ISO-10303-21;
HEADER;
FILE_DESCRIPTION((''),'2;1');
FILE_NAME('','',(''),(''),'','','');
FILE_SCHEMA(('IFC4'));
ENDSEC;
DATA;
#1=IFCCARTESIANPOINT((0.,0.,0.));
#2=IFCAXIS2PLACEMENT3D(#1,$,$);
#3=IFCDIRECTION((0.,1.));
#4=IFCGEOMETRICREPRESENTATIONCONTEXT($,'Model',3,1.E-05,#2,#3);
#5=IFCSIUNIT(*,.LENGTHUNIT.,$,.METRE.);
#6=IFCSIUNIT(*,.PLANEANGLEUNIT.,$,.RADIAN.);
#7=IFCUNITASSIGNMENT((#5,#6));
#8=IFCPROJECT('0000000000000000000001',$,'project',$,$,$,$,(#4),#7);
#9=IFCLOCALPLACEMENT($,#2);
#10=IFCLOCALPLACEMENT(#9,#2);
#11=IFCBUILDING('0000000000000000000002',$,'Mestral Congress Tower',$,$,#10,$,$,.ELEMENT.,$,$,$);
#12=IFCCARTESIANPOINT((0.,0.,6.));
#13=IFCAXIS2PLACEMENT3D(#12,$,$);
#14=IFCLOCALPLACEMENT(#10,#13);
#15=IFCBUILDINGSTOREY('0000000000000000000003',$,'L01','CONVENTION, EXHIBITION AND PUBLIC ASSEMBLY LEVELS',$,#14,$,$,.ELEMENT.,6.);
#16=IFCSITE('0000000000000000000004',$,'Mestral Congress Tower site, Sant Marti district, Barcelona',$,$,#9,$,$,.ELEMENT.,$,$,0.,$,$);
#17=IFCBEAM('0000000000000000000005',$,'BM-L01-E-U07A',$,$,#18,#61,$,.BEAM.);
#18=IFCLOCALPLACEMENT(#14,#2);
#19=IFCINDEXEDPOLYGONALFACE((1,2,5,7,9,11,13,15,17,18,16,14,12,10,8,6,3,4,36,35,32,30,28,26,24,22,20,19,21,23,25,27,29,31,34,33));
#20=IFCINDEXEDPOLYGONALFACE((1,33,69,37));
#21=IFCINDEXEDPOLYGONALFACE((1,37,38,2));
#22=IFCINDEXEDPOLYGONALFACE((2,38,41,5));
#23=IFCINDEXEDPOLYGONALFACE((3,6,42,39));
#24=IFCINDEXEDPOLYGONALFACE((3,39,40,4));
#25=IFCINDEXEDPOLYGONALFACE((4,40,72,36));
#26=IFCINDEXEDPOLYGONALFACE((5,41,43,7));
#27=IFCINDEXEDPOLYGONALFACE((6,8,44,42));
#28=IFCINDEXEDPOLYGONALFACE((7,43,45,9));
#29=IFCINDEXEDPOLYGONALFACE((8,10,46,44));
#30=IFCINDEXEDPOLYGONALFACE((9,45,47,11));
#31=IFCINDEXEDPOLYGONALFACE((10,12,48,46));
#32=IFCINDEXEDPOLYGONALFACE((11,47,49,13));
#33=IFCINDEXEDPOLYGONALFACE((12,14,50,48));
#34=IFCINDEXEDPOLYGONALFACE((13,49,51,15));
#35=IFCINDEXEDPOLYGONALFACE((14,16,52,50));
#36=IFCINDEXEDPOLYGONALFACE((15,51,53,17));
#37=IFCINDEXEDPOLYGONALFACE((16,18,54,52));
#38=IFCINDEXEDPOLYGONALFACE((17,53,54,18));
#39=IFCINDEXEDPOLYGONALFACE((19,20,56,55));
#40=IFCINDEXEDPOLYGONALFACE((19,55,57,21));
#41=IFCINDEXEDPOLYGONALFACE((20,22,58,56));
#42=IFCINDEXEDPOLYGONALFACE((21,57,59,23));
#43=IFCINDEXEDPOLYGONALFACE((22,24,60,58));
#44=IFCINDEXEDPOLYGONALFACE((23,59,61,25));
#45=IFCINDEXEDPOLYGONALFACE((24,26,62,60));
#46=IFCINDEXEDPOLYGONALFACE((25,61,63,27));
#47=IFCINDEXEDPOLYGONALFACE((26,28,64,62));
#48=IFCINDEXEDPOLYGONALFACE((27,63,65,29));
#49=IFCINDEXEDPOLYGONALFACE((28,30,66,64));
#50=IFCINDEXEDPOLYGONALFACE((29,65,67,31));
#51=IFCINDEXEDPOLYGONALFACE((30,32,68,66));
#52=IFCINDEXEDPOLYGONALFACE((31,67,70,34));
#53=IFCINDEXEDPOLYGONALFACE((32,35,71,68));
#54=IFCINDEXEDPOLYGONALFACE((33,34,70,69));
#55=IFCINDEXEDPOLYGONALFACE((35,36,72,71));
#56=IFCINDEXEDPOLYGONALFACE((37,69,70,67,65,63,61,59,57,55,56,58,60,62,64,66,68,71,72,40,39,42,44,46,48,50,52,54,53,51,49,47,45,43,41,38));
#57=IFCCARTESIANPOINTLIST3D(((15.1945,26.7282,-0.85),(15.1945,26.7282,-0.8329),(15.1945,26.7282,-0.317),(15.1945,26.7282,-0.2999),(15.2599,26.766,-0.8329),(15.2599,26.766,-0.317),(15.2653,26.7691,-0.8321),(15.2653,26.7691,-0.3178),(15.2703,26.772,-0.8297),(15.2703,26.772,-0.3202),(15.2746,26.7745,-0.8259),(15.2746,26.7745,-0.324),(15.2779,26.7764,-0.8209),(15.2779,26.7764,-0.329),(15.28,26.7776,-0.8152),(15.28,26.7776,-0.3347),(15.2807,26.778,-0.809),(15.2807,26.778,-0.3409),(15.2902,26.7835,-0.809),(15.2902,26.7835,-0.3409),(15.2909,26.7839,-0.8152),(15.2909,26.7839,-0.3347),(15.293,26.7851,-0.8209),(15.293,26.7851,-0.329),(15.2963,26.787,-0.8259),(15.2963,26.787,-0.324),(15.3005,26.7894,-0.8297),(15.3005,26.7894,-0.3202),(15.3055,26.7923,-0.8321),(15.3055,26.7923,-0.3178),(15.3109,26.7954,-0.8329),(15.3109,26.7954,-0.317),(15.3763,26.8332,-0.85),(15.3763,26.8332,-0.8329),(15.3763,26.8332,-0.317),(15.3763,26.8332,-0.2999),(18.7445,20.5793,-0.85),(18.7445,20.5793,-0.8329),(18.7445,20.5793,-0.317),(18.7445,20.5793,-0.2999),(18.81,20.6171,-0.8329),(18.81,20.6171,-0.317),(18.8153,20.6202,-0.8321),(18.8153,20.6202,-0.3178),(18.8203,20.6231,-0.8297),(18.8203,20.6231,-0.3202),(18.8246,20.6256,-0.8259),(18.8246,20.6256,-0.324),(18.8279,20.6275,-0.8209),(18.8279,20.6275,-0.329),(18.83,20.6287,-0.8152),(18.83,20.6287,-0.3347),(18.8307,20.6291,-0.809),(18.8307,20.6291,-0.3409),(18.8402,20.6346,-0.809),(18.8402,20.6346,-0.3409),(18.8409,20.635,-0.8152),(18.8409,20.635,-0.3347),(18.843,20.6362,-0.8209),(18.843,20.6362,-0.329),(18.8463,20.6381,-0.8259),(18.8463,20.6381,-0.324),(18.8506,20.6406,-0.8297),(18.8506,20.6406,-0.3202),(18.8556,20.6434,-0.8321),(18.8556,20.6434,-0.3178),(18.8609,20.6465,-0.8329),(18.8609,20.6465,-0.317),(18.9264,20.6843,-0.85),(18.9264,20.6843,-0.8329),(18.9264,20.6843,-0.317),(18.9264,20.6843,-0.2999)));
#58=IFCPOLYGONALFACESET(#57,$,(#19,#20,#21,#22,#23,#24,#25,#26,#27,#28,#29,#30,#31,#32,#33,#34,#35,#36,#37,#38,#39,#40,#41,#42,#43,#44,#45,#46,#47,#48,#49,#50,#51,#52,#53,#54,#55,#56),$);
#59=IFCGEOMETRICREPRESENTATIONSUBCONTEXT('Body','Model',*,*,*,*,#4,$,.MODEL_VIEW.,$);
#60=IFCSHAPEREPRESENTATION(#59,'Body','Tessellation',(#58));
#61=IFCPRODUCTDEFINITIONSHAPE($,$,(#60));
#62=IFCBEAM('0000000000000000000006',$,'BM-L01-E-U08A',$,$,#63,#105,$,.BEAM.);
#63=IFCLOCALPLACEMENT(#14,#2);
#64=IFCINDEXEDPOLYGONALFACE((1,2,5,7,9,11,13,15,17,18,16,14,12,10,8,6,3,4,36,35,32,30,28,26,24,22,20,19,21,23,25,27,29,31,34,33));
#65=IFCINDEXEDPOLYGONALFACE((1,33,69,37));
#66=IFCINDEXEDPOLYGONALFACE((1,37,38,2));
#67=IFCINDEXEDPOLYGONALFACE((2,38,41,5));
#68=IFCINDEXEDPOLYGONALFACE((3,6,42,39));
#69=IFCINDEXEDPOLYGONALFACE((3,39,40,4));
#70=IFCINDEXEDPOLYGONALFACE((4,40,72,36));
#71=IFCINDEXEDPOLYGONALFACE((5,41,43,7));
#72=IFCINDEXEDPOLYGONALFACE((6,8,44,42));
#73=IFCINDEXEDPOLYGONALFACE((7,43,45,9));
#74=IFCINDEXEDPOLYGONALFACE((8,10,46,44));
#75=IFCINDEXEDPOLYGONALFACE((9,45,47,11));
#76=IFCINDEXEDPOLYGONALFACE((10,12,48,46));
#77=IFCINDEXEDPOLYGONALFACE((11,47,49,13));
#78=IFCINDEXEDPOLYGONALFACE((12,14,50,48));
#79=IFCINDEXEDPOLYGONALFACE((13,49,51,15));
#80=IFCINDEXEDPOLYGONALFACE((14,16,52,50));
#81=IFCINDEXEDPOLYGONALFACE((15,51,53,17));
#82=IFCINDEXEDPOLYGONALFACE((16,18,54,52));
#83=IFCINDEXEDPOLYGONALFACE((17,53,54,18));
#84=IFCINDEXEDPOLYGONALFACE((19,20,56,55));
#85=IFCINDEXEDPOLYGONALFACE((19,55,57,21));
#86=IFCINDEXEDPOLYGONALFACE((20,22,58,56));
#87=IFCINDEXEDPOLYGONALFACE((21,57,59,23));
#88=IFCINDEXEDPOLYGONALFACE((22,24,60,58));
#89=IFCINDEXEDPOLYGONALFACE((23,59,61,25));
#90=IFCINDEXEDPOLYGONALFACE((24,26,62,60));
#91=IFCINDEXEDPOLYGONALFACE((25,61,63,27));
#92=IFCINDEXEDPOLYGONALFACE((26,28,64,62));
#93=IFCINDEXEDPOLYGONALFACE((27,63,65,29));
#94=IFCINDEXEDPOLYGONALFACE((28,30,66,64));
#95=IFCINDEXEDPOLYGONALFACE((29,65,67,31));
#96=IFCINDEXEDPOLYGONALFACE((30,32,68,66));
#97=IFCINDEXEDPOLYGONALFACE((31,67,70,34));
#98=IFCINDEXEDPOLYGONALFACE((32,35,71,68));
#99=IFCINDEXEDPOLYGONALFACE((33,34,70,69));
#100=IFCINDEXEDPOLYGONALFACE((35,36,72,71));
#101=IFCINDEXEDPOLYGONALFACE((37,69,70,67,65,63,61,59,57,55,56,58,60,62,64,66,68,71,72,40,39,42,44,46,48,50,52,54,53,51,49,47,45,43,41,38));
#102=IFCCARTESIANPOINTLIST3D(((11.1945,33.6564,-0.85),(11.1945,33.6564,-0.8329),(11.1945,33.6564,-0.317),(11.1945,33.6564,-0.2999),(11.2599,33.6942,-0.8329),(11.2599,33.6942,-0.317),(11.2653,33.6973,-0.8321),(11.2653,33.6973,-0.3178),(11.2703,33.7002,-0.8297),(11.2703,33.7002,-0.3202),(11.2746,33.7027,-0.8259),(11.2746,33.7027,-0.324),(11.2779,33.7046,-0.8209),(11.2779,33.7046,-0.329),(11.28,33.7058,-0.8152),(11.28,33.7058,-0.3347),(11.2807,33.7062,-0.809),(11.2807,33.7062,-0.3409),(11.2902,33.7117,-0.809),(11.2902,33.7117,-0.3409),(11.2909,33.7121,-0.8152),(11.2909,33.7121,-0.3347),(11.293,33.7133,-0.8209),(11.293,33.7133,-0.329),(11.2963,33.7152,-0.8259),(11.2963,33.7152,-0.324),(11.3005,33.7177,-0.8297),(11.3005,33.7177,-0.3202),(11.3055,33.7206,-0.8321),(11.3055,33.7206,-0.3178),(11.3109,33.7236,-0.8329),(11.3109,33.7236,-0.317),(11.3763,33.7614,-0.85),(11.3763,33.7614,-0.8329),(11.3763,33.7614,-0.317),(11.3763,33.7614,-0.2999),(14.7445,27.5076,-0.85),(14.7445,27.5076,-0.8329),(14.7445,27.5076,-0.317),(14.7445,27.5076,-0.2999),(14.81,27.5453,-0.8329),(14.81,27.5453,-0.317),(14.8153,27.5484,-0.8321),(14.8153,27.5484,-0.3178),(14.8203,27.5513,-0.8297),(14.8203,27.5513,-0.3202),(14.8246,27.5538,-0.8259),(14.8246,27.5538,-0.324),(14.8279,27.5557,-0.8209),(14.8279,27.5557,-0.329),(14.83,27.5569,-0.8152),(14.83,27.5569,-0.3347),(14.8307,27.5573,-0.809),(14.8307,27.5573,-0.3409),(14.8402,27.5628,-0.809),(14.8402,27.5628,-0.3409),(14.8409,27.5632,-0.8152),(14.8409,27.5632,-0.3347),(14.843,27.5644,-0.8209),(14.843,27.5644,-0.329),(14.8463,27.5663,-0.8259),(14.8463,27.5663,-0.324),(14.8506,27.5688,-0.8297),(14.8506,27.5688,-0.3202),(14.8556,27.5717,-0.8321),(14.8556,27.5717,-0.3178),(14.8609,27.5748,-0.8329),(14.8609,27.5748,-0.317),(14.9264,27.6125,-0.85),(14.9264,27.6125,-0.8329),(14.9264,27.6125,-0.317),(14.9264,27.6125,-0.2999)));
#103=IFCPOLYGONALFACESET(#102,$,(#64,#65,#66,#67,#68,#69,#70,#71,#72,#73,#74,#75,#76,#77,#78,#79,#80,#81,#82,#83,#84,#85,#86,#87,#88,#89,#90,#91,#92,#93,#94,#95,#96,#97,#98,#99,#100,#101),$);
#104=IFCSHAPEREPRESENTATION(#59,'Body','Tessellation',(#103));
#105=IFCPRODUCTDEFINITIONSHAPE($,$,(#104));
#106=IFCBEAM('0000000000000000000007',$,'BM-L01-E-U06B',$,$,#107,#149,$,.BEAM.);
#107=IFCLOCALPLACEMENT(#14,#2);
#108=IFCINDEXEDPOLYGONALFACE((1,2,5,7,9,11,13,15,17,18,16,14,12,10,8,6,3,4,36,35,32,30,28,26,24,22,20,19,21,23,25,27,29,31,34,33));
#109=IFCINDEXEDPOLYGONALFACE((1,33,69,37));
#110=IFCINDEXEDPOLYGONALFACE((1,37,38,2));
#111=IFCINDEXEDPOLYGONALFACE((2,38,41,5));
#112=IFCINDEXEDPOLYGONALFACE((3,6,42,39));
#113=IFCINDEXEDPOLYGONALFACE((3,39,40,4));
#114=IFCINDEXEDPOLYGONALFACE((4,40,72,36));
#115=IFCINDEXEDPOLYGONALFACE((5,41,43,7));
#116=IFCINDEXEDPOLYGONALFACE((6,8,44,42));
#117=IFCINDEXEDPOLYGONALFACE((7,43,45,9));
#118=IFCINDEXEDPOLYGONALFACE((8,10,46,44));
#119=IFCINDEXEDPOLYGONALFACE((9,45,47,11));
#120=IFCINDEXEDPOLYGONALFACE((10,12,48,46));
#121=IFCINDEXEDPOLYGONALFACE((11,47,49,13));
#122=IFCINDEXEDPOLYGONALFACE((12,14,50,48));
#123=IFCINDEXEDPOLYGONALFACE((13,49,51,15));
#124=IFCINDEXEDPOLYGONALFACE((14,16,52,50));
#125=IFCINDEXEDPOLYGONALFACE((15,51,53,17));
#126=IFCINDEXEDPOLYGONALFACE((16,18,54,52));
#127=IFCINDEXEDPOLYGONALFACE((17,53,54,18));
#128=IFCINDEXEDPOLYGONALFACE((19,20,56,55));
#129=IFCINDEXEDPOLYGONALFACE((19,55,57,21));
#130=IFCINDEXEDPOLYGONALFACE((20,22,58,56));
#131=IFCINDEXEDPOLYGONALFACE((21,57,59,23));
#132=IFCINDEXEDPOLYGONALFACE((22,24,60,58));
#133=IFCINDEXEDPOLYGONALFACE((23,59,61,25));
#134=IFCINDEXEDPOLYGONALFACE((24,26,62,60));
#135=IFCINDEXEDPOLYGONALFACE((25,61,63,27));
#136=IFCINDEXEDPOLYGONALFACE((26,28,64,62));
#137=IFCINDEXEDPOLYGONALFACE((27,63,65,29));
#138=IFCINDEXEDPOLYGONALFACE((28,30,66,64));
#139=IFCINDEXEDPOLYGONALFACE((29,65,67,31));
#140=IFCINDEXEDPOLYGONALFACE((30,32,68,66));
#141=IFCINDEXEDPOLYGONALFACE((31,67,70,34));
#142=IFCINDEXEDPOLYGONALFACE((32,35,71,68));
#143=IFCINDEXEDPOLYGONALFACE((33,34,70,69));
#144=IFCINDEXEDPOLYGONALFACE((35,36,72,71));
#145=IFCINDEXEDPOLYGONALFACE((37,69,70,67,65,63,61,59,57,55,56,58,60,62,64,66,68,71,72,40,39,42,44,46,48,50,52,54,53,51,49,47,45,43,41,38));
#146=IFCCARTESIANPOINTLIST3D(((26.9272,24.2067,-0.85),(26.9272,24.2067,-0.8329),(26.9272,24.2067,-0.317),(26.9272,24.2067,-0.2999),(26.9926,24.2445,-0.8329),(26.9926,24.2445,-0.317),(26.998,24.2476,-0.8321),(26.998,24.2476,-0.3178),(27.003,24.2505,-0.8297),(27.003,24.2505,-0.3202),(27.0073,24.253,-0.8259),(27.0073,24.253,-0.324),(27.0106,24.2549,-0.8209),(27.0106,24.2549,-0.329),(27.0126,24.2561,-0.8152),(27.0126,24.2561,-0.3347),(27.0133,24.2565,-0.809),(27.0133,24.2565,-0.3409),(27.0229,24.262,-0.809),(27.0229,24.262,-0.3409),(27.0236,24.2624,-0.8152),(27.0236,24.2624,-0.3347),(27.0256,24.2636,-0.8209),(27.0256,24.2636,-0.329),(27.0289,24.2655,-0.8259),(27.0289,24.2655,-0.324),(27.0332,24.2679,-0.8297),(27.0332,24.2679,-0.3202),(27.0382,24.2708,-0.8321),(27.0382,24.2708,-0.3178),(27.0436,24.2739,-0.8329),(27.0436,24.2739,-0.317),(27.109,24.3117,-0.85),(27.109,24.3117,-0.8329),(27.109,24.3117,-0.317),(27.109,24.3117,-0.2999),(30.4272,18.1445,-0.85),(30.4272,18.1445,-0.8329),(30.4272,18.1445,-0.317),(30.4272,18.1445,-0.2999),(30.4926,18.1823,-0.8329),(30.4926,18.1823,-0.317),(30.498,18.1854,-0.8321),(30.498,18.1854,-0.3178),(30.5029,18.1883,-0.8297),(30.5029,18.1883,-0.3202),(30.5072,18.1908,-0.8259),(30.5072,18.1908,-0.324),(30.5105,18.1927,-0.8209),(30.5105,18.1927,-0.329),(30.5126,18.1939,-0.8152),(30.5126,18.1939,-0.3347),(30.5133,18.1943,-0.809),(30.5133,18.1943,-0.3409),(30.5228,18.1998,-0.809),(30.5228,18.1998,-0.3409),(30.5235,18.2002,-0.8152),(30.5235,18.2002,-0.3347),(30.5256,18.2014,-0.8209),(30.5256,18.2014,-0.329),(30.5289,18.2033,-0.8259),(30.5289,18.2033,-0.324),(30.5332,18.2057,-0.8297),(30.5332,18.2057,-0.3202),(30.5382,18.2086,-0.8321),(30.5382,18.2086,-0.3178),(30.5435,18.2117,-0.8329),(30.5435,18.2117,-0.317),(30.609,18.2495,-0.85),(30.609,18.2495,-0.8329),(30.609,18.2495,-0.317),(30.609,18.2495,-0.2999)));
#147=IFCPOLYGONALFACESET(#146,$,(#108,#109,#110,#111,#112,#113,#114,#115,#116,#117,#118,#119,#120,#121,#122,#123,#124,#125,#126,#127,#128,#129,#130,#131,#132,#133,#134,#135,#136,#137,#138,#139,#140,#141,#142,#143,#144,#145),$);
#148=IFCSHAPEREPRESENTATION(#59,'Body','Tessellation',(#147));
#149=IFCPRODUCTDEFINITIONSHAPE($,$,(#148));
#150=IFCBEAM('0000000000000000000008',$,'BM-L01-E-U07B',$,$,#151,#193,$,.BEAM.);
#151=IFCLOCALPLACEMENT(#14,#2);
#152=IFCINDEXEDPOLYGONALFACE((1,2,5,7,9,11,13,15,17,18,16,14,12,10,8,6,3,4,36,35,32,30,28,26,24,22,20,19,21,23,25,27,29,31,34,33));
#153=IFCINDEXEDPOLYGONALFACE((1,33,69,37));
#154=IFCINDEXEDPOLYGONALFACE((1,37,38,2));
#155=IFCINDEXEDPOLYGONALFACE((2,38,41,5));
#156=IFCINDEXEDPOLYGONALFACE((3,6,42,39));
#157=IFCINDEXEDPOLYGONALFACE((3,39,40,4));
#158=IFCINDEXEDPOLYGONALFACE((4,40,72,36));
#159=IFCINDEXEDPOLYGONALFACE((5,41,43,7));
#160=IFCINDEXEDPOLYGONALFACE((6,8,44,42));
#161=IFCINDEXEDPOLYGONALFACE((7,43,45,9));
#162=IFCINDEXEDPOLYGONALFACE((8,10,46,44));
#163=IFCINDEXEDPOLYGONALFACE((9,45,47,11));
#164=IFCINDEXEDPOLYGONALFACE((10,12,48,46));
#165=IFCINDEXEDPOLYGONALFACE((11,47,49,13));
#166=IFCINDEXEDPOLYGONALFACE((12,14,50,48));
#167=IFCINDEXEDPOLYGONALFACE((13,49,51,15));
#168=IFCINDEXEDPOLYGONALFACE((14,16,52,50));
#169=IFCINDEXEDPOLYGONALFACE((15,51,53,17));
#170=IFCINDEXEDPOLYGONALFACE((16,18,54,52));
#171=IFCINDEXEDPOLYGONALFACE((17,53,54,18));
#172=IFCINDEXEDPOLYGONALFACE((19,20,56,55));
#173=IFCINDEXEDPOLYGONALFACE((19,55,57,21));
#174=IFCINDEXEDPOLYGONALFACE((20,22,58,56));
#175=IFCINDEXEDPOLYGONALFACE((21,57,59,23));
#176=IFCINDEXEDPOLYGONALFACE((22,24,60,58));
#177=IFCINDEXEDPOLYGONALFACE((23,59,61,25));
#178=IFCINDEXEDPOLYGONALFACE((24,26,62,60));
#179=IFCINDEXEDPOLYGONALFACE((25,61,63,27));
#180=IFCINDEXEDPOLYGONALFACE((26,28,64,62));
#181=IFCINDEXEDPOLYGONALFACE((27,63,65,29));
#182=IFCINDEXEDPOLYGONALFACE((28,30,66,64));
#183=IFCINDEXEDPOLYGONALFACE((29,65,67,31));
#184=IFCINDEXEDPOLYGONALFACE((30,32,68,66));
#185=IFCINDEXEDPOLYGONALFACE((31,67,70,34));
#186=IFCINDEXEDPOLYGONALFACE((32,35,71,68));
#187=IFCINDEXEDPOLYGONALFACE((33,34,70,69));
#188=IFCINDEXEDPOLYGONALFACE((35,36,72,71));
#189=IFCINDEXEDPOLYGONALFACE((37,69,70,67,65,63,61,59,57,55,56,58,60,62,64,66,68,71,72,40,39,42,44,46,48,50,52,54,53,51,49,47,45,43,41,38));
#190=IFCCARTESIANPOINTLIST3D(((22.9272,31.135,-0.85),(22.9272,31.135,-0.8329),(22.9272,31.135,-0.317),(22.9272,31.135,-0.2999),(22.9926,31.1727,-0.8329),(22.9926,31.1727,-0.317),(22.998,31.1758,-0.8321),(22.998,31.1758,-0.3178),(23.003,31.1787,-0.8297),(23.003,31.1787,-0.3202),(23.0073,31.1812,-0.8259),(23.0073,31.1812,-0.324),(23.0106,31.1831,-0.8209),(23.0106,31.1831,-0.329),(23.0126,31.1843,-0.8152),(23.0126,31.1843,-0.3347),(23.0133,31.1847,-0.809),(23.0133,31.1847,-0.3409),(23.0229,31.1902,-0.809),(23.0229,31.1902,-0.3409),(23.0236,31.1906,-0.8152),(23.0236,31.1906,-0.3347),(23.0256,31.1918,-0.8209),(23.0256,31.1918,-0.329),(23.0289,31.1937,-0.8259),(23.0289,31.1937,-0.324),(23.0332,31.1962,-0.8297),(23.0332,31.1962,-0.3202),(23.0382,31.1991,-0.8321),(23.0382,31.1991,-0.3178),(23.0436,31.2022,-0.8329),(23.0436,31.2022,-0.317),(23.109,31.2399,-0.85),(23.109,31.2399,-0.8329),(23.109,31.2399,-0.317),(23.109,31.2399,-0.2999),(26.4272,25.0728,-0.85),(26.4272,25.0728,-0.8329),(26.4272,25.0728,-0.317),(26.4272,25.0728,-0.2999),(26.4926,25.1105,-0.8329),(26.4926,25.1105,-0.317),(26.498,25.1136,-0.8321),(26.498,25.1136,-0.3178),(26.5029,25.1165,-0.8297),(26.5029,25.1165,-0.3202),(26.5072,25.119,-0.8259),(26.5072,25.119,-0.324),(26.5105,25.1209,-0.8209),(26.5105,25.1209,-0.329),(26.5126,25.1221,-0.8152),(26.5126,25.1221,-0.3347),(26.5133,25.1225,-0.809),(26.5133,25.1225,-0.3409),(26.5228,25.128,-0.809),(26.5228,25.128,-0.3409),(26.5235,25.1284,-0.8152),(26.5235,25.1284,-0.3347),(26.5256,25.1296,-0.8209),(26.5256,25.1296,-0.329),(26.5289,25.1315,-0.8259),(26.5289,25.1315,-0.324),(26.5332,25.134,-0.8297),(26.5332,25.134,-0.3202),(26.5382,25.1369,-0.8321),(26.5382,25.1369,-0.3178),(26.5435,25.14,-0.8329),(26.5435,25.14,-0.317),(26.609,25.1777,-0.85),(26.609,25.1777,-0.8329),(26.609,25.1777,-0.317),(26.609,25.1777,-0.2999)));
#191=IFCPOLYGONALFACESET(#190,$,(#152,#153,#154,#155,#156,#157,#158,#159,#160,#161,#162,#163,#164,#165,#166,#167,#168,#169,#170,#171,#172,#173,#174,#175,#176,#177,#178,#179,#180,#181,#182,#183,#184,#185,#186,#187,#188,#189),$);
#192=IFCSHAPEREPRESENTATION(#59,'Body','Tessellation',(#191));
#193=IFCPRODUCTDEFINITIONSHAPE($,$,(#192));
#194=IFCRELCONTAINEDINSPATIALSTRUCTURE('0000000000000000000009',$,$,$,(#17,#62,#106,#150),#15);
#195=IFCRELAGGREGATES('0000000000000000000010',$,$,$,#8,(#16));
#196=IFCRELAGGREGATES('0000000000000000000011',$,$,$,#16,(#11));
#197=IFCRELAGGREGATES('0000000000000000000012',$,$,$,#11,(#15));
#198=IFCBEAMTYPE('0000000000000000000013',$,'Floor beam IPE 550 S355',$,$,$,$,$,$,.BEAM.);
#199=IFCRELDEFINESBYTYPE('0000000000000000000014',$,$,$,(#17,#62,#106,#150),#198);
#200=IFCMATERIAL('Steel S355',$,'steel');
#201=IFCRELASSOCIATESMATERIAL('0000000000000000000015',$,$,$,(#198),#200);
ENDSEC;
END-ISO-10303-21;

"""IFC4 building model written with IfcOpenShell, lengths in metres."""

from ifc_helpers import new_model, si_unit, direction, frame, origin, origin_2d, place, context, subcontext, project, spatial, i_section, extrude, material, material_profile, profile_set, type_object, element, save


model = new_model("IFC4")

# Units and contexts
model_context = context("Model", 3, precision=1e-05, world=origin(), true_north=direction((0.0, 1.0)))
body_context = subcontext(model_context, "Body", "Model", "MODEL_VIEW")
ifc_project = project(units=[si_unit("LENGTHUNIT", "METRE"), si_unit("PLANEANGLEUNIT", "RADIAN")], contexts=[model_context])

# Site, building, storey
site_placement = place(None, origin())
site = spatial("IfcSite", under=ifc_project, at=site_placement, Name="Mestral Congress Tower site, Sant Marti district, Barcelona", CompositionType="ELEMENT", RefElevation=0.0)
building_placement = place(site_placement, origin())
building = spatial("IfcBuilding", under=site, at=building_placement, Name="Mestral Congress Tower", CompositionType="ELEMENT")
storey_placement = place(building_placement, frame((0.0, 0.0, 6.0)))
storey = spatial("IfcBuildingStorey", under=building, at=storey_placement, Name="L01", Description="CONVENTION, EXHIBITION AND PUBLIC ASSEMBLY LEVELS", CompositionType="ELEMENT", Elevation=6.0)

# Beams
ifc_material_1 = material(Name="Steel S355", Category="steel")
ifc_material_profile_1 = material_profile(ifc_material_1, i_section(OverallWidth=0.21, OverallDepth=0.55, WebThickness=0.011, FlangeThickness=0.0171, FilletRadius=0.0239, at=origin_2d()), Name="IPE 550")
ifc_profile_set_1 = profile_set([ifc_material_profile_1], Name="Steel S355")
beam_type_1 = type_object("IfcBeamType", Name="Floor beam IPE 550 S355", PredefinedType="BEAM", material=ifc_profile_set_1)
for number, where, z_axis, x_axis, name in (
    (1, (18.8354, 20.6318, -0.575), (-0.499996, 0.866028, 0.0), (-0.866028, -0.499996, 0.0), "BM-L01-E-U07A"),
    (2, (14.8354, 27.5601, -0.575), (-0.499996, 0.866028, 0.0), (-0.866028, -0.499996, 0.0), "BM-L01-E-U08A"),
):
    element("IfcBeam", number, at=place(storey_placement, frame(where, z_axis=z_axis, x_axis=x_axis)), inside=storey, type_object=beam_type_1, Name=name, PredefinedType="BEAM", context=body_context, shape_type="SweptSolid", body=[
        extrude(i_section(OverallWidth=0.21, OverallDepth=0.55, WebThickness=0.011, FlangeThickness=0.0171, FilletRadius=0.0239, at=origin_2d()), origin(), (0.0, 0.0, 1.0), 7.1001),
    ])
for number, where, z_axis, x_axis, name in (
    (3, (30.5181, 18.197, -0.575), (-0.499995, 0.866028, 0.0), (-0.866028, -0.499995, 0.0), "BM-L01-E-U06B"),
    (4, (26.5181, 25.1252, -0.575), (-0.499995, 0.866028, 0.0), (-0.866028, -0.499995, 0.0), "BM-L01-E-U07B"),
):
    element("IfcBeam", number, at=place(storey_placement, frame(where, z_axis=z_axis, x_axis=x_axis)), inside=storey, type_object=beam_type_1, Name=name, PredefinedType="BEAM", context=body_context, shape_type="SweptSolid", body=[
        extrude(i_section(OverallWidth=0.21, OverallDepth=0.55, WebThickness=0.011, FlangeThickness=0.0171, FilletRadius=0.0239, at=origin_2d()), origin(), (0.0, 0.0, 1.0), 7.0),
    ])

save(model, "model.ifc")
